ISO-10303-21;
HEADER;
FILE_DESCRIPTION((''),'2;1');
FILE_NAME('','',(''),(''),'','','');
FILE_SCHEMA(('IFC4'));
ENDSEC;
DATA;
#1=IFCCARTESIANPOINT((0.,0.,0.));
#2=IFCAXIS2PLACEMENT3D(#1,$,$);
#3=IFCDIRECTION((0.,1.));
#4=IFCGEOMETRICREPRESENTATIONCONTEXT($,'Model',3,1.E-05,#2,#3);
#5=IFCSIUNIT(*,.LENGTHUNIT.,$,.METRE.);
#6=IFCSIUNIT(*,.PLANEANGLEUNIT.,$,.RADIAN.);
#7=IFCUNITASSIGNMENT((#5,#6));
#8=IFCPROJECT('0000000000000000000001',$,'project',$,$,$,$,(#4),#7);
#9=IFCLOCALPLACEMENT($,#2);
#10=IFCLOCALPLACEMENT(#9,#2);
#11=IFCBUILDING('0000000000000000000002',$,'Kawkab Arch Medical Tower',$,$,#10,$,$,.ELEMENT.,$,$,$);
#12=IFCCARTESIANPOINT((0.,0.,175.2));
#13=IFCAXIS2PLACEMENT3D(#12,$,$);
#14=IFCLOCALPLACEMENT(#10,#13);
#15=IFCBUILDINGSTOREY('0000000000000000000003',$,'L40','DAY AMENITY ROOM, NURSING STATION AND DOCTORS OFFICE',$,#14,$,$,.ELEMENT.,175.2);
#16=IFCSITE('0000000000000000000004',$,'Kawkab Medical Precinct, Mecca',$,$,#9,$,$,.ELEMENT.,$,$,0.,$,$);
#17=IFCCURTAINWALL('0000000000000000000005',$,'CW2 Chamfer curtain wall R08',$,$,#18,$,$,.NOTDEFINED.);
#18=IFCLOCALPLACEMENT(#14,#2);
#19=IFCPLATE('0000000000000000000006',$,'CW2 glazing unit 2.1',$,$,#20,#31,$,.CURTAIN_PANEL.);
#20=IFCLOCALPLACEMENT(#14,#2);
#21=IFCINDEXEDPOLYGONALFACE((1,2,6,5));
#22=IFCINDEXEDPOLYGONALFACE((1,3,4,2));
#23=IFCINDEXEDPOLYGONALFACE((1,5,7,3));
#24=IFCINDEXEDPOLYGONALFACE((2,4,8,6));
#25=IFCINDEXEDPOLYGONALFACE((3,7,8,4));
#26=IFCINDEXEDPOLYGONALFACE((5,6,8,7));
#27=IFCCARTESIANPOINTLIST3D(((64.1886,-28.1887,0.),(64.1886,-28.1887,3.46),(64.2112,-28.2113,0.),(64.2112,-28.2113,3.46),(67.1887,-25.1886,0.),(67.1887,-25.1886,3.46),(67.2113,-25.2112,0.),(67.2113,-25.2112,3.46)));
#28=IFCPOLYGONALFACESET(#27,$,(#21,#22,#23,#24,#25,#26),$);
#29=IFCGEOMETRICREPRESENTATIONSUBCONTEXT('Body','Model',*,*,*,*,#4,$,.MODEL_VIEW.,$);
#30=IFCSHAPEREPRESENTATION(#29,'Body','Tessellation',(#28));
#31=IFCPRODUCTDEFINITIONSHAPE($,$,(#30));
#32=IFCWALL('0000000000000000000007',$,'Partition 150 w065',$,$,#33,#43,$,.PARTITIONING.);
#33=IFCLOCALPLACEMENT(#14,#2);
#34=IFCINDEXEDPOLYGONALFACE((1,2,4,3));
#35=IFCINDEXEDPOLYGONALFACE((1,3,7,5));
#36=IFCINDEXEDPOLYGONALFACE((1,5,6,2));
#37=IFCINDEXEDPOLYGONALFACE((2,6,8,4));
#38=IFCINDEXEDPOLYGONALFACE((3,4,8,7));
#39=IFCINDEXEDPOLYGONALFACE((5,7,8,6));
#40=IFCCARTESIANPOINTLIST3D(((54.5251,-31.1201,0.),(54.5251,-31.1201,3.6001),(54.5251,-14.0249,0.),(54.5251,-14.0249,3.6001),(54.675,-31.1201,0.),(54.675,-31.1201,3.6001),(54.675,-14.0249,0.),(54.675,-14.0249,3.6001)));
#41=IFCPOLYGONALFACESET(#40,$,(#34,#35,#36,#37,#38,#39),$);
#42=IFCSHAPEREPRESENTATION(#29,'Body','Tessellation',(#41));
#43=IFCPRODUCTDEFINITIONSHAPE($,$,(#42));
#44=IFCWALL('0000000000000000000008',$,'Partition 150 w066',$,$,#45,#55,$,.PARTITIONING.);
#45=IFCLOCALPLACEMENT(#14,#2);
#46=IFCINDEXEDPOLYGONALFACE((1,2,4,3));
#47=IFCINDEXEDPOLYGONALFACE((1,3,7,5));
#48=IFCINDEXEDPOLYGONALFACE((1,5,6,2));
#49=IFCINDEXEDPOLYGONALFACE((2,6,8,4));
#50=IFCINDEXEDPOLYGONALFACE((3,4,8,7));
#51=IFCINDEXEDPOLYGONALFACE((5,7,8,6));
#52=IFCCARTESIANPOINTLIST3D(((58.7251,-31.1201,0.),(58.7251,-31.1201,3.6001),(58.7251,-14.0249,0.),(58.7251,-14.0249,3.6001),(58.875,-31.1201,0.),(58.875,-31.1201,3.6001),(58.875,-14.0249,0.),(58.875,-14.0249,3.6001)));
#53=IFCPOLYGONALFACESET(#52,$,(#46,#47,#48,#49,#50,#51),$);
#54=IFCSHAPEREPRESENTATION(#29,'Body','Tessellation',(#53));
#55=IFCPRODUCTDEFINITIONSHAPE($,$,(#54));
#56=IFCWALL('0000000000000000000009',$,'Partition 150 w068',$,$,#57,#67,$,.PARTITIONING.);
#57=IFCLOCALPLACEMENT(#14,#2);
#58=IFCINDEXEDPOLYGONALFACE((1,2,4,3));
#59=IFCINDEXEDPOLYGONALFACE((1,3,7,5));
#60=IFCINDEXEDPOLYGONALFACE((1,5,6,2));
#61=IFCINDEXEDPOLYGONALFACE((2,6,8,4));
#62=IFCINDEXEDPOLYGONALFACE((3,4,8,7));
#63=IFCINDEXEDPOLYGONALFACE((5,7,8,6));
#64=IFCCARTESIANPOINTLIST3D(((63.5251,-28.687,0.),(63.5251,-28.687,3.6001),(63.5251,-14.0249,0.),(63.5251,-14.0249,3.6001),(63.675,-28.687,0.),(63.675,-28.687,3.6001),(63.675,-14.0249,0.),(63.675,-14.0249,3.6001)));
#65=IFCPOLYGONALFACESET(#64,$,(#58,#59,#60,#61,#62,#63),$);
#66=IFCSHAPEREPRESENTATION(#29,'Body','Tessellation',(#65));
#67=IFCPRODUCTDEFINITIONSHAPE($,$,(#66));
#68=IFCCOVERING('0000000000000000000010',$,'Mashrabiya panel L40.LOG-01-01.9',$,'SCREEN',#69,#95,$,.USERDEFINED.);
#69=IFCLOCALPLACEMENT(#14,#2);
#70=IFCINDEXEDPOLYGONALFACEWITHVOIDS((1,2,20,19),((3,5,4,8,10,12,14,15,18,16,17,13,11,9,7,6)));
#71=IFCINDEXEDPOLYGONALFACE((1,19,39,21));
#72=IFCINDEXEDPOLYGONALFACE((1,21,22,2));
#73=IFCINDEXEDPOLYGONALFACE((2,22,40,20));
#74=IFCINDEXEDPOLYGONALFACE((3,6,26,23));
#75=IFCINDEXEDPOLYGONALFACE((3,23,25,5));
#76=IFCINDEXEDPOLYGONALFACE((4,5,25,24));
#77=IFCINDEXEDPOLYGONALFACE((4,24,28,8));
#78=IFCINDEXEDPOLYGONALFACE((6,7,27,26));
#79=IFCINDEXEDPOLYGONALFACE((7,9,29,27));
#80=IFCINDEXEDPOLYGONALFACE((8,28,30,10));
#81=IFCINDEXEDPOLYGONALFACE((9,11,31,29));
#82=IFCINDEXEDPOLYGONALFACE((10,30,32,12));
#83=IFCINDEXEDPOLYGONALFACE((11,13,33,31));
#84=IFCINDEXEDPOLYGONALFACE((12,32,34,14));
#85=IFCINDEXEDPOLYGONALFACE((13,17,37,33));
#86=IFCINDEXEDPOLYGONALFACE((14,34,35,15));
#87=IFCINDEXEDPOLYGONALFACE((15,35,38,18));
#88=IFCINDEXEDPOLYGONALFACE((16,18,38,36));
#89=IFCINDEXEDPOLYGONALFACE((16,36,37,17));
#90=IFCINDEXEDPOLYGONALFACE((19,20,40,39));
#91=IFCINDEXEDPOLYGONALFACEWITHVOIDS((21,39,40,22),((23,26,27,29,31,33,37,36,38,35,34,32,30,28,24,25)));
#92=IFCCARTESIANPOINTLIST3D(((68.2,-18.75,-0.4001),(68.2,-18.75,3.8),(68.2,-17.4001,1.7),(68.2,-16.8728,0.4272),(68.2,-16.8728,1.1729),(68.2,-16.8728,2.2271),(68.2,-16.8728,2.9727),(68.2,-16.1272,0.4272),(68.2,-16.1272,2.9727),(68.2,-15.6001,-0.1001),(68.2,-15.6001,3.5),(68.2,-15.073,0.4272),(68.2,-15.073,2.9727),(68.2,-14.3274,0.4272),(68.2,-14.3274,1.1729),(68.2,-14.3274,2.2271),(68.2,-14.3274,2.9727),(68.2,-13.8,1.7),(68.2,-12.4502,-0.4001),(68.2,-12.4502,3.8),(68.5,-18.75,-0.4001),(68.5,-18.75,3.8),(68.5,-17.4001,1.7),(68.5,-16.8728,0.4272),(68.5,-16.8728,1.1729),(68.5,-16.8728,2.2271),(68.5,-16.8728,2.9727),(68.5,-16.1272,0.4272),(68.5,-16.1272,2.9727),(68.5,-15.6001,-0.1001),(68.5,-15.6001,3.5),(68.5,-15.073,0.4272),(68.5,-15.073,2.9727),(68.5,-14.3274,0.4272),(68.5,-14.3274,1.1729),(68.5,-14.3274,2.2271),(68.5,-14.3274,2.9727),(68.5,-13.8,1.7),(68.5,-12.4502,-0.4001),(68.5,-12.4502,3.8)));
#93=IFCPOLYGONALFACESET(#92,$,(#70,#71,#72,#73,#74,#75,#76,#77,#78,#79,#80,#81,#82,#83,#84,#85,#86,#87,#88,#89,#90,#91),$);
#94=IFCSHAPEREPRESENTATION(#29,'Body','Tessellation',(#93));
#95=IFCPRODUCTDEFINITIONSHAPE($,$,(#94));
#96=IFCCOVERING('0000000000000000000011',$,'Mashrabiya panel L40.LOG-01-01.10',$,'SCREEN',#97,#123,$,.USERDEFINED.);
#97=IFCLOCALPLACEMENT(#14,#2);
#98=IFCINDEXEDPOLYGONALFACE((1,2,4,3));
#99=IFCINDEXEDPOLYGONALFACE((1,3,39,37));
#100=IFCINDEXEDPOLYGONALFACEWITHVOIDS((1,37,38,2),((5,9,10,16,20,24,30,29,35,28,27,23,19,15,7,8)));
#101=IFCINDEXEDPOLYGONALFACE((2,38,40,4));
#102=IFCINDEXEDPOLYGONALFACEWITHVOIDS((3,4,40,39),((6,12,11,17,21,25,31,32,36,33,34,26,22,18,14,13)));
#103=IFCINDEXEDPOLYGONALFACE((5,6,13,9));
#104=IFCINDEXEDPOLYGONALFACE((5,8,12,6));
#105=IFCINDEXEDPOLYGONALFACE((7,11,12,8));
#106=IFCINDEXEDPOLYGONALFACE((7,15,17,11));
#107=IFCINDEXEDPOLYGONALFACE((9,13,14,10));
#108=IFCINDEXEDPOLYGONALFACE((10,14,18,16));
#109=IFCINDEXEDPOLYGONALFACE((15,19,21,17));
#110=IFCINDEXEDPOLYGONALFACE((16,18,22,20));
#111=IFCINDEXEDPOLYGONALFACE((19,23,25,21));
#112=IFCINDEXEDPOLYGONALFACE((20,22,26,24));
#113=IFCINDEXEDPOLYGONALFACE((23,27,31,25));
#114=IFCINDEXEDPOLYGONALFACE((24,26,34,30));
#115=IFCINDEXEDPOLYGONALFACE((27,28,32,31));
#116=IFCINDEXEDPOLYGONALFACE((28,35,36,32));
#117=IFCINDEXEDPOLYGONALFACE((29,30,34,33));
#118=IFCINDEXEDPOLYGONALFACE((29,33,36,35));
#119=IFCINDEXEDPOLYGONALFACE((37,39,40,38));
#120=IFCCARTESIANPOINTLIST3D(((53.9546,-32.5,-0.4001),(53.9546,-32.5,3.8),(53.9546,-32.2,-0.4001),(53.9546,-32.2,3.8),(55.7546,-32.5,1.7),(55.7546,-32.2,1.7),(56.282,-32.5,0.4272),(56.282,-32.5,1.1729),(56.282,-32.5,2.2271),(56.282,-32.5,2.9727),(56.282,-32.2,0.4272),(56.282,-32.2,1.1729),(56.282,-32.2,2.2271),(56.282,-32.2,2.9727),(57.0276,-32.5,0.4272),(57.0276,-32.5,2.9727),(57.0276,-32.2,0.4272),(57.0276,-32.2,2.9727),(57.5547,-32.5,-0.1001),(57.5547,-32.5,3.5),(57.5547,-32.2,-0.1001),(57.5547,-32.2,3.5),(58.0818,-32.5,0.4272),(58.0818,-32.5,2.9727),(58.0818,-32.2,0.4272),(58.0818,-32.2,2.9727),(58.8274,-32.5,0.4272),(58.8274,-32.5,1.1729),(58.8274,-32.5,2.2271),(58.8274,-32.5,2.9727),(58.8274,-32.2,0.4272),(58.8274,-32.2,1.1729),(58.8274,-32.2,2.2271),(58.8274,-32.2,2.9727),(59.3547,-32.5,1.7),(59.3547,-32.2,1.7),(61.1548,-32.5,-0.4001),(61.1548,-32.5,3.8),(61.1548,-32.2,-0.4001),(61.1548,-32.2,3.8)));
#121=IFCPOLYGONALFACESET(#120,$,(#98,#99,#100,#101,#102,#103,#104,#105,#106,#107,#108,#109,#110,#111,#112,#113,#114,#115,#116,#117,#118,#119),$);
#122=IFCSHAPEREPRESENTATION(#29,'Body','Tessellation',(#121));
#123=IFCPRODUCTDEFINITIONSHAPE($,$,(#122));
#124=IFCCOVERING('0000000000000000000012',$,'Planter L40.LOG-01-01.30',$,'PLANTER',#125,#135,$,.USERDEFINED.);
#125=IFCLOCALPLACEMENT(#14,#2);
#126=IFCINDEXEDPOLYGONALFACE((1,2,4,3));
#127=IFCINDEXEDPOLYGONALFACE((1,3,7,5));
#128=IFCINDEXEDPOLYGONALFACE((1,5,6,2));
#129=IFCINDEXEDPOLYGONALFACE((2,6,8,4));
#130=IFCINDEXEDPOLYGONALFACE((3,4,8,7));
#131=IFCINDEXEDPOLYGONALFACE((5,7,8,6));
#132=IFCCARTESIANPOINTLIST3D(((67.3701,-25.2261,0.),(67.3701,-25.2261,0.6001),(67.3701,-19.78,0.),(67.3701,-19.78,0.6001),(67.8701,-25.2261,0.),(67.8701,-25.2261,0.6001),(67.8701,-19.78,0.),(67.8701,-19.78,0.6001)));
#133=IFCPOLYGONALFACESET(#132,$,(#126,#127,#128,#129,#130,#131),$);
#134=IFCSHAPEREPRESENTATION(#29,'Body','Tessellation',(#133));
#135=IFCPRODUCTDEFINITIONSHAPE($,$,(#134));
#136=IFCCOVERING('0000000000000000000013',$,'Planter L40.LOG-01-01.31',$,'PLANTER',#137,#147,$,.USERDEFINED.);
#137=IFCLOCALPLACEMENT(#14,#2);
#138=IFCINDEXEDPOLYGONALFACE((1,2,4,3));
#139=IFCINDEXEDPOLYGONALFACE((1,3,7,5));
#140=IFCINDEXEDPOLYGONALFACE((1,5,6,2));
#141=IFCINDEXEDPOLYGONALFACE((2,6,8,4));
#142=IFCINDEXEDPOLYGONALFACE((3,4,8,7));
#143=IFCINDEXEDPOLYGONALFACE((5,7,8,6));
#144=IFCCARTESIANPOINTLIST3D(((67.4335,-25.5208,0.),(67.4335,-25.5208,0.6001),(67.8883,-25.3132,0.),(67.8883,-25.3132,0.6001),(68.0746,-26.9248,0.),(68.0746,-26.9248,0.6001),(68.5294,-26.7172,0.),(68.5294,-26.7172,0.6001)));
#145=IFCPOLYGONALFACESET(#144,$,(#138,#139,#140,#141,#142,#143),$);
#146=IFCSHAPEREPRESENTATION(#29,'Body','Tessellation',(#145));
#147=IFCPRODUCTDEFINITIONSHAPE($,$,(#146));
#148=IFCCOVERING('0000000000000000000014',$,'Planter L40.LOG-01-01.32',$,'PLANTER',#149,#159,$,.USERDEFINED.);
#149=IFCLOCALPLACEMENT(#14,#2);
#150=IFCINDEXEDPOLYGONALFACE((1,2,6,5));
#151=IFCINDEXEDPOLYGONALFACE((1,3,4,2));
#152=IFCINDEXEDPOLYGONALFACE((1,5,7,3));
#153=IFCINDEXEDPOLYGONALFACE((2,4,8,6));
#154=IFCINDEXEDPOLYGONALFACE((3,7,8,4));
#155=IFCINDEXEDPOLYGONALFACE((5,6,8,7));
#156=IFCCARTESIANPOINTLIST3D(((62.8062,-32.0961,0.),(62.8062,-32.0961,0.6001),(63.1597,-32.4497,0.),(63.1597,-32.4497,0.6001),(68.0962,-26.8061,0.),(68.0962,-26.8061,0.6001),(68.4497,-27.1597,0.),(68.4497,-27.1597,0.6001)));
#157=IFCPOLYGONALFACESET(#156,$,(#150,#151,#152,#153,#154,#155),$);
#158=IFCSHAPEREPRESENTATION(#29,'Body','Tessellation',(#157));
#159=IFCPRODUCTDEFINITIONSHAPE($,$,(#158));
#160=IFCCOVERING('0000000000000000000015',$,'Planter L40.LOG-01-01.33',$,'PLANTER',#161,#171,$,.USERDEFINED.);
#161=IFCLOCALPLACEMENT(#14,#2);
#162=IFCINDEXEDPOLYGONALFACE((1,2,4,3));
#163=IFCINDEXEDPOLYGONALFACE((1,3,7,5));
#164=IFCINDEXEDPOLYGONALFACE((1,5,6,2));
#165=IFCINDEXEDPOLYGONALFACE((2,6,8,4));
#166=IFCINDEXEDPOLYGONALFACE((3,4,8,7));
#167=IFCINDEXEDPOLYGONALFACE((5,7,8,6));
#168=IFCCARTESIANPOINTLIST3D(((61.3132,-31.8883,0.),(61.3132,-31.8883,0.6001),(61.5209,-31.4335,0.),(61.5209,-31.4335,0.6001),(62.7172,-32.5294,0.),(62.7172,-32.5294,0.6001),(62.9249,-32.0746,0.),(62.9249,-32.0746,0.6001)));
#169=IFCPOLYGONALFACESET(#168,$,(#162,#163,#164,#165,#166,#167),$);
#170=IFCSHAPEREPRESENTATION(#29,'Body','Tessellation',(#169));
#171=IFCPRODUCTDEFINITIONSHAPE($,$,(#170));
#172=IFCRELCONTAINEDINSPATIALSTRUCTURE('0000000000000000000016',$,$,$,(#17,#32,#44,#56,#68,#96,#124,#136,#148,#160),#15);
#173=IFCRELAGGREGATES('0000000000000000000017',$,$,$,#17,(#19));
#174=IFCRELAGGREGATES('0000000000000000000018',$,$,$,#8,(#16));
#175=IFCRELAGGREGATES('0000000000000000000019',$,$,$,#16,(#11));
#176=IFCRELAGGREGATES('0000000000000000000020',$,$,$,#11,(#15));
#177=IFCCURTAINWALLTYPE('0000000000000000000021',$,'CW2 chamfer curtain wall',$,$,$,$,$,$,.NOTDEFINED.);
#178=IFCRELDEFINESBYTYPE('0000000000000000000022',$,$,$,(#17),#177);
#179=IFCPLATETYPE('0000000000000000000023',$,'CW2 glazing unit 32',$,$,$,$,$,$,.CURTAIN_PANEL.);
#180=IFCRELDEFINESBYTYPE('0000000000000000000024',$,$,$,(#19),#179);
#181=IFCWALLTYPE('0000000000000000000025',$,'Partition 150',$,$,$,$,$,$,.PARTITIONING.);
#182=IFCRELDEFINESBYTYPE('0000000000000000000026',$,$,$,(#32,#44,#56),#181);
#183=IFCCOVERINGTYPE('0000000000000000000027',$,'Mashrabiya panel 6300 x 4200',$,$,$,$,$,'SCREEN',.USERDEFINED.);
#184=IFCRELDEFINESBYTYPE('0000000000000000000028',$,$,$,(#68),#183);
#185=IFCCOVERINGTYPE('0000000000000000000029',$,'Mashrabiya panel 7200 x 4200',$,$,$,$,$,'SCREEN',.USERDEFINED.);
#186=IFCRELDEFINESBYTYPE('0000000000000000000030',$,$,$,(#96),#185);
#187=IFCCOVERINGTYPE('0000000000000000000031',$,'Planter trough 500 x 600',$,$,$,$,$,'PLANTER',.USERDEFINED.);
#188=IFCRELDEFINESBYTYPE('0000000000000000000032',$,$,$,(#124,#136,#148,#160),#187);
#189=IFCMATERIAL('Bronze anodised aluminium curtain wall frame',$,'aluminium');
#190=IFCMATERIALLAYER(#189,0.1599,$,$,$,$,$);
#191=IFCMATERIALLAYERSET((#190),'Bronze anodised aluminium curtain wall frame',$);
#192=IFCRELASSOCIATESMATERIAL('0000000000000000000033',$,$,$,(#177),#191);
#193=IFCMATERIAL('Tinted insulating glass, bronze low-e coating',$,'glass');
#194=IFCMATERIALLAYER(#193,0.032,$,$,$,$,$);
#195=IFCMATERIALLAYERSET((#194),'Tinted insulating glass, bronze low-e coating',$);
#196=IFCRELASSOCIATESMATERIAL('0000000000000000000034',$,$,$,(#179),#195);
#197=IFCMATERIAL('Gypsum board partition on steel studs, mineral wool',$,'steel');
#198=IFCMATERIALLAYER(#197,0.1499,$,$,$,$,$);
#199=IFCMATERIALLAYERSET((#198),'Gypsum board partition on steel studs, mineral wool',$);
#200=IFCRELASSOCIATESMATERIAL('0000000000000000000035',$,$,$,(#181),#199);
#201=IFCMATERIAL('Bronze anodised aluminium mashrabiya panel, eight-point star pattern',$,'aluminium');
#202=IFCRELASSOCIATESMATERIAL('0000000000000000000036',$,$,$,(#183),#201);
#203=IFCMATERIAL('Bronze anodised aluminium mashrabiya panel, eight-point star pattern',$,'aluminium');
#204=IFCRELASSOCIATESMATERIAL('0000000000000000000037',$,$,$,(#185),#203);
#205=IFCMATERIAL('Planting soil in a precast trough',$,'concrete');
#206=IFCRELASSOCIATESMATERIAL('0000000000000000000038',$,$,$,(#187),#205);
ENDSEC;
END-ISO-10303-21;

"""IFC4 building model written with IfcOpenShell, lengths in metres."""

from ifc_helpers import new_model, si_unit, direction, frame, frame_2d, origin, origin_2d, place, context, subcontext, project, spatial, polyline, rectangle, outline, extrude, material, layer, layer_set, material_profile, profile_set, type_object, element, aggregate, save


model = new_model("IFC4")

# Units and contexts
model_context = context("Model", 3, precision=1e-05, world=origin(), true_north=direction((0.0, 1.0)))
body_context = subcontext(model_context, "Body", "Model", "MODEL_VIEW")
ifc_project = project(units=[si_unit("LENGTHUNIT", "METRE"), si_unit("PLANEANGLEUNIT", "RADIAN")], contexts=[model_context])

# Site, building, storey
site_placement = place(None, origin())
site = spatial("IfcSite", under=ifc_project, at=site_placement, Name="Kawkab Medical Precinct, Mecca", CompositionType="ELEMENT", RefElevation=0.0)
building_placement = place(site_placement, origin())
building = spatial("IfcBuilding", under=site, at=building_placement, Name="Kawkab Arch Medical Tower", CompositionType="ELEMENT")
storey_placement = place(building_placement, frame((0.0, 0.0, 175.2)))
storey = spatial("IfcBuildingStorey", under=building, at=storey_placement, Name="L40", Description="DAY AMENITY ROOM, NURSING STATION AND DOCTORS OFFICE", CompositionType="ELEMENT", Elevation=175.2)

# Shared definitions
placement = place(storey_placement, origin())

# Curtain wall
ifc_material_1 = material(Name="Bronze anodised aluminium curtain wall frame", Category="aluminium")
ifc_layer_1 = layer(ifc_material_1, 0.1599)
ifc_layer_set_1 = layer_set([ifc_layer_1], Name="Bronze anodised aluminium curtain wall frame")
curtain_wall_type_1 = type_object("IfcCurtainWallType", Name="CW2 chamfer curtain wall", PredefinedType="NOTDEFINED", material=ifc_layer_set_1)
curtain_wall_1 = element("IfcCurtainWall", 1, at=placement, inside=storey, type_object=curtain_wall_type_1, Name="CW2 Chamfer curtain wall R08", PredefinedType="NOTDEFINED")

# Plate
ifc_material_2 = material(Name="Tinted insulating glass, bronze low-e coating", Category="glass")
ifc_layer_2 = layer(ifc_material_2, 0.032)
ifc_layer_set_2 = layer_set([ifc_layer_2], Name="Tinted insulating glass, bronze low-e coating")
plate_type_1 = type_object("IfcPlateType", Name="CW2 glazing unit 32", PredefinedType="CURTAIN_PANEL", material=ifc_layer_set_2)
plate_1_placement = place(storey_placement, frame((65.7, -26.7, 0.0), z_axis=(0.0, 0.0, 1.0), x_axis=(0.707107, 0.707107, 0.0)))
plate_1 = element("IfcPlate", 2, at=plate_1_placement, type_object=plate_type_1, Name="CW2 glazing unit 2.1", PredefinedType="CURTAIN_PANEL", context=body_context, shape_type="SweptSolid", body=[
    extrude(rectangle(XDim=4.2427, YDim=0.032, at=origin_2d()), origin(), (0.0, 0.0, 1.0), 3.46),
])
aggregate(curtain_wall_1, [plate_1])

# Walls
ifc_material_3 = material(Name="Gypsum board partition on steel studs, mineral wool", Category="steel")
ifc_layer_3 = layer(ifc_material_3, 0.1499)
ifc_layer_set_3 = layer_set([ifc_layer_3], Name="Gypsum board partition on steel studs, mineral wool")
wall_type = type_object("IfcWallType", Name="Partition 150", PredefinedType="PARTITIONING", material=ifc_layer_set_3)
for number, where, z_axis, x_axis, name in (
    (3, (54.6001, -31.1201, 0.0), (0.0, 0.0, 1.0), (0.0, 1.0, 0.0), "Partition 150 w065"),
    (4, (58.8, -31.1201, 0.0), (0.0, 0.0, 1.0), (0.0, 1.0, 0.0), "Partition 150 w066"),
):
    element("IfcWall", number, at=place(storey_placement, frame(where, z_axis=z_axis, x_axis=x_axis)), inside=storey, type_object=wall_type, Name=name, PredefinedType="PARTITIONING", context=body_context, shape_type="SweptSolid", body=[
        extrude(rectangle(XDim=17.0952, YDim=0.1499, at=frame_2d((8.5476, 0.0))), origin(), (0.0, 0.0, 1.0), 3.6001),
    ])
wall_placement = place(storey_placement, frame((63.6001, -28.687, 0.0), z_axis=(0.0, 0.0, 1.0), x_axis=(0.0, 1.0, 0.0)))
element("IfcWall", 5, at=wall_placement, inside=storey, type_object=wall_type, Name="Partition 150 w068", PredefinedType="PARTITIONING", context=body_context, shape_type="SweptSolid", body=[
    extrude(rectangle(XDim=14.6621, YDim=0.1499, at=frame_2d((7.3311, 0.0))), origin(), (0.0, 0.0, 1.0), 3.6001),
])

# Coverings
ifc_material_4 = material(Name="Bronze anodised aluminium mashrabiya panel, eight-point star pattern", Category="aluminium")
ifc_material_profile_1 = material_profile(ifc_material_4, outline(polyline([(-3.1499, -2.1001), (3.1499, -2.1001), (3.1499, 2.1001), (-3.1499, 2.1001), (-3.1499, -2.1001)]), holes=[polyline([(1.8, 0.0), (1.2727, 0.5271), (1.2727, 1.2727), (0.5271, 1.2727), (0.0, 1.8), (-0.5271, 1.2727), (-1.2727, 1.2727), (-1.2727, 0.5271), (-1.8, 0.0), (-1.2727, -0.5271), (-1.2727, -1.2727), (-0.5271, -1.2727), (0.0, -1.8), (0.5271, -1.2727), (1.2727, -1.2727), (1.2727, -0.5271), (1.8, 0.0)])]), Name="Mashrabiya panel 6300x4200")
ifc_profile_set_1 = profile_set([ifc_material_profile_1], Name="Bronze anodised aluminium mashrabiya panel, eight-point star pattern")
covering_type_1 = type_object("IfcCoveringType", Name="Mashrabiya panel 6300 x 4200", ElementType="SCREEN", PredefinedType="USERDEFINED", material=ifc_profile_set_1)
covering_1_placement = place(storey_placement, frame((68.2, -15.6001, 1.7), z_axis=(1.0, 0.0, 0.0), x_axis=(0.0, 1.0, 0.0)))
element("IfcCovering", 6, at=covering_1_placement, inside=storey, type_object=covering_type_1, Name="Mashrabiya panel L40.LOG-01-01.9", ObjectType="SCREEN", PredefinedType="USERDEFINED", context=body_context, shape_type="SweptSolid", body=[
    extrude(outline(polyline([(-3.1499, -2.1001), (3.1499, -2.1001), (3.1499, 2.1001), (-3.1499, 2.1001), (-3.1499, -2.1001)]), holes=[polyline([(1.8, 0.0), (1.2727, 0.5271), (1.2727, 1.2727), (0.5271, 1.2727), (0.0, 1.8), (-0.5271, 1.2727), (-1.2727, 1.2727), (-1.2727, 0.5271), (-1.8, 0.0), (-1.2727, -0.5271), (-1.2727, -1.2727), (-0.5271, -1.2727), (0.0, -1.8), (0.5271, -1.2727), (1.2727, -1.2727), (1.2727, -0.5271), (1.8, 0.0)])]), origin(), (0.0, 0.0, 1.0), 0.3),
])
ifc_material_5 = material(Name="Bronze anodised aluminium mashrabiya panel, eight-point star pattern", Category="aluminium")
ifc_material_profile_2 = material_profile(ifc_material_5, outline(polyline([(-3.6001, -2.1001), (3.6001, -2.1001), (3.6001, 2.1001), (-3.6001, 2.1001), (-3.6001, -2.1001)]), holes=[polyline([(1.8, 0.0), (1.2727, 0.5271), (1.2727, 1.2727), (0.5271, 1.2727), (0.0, 1.8), (-0.5271, 1.2727), (-1.2727, 1.2727), (-1.2727, 0.5271), (-1.8, 0.0), (-1.2727, -0.5271), (-1.2727, -1.2727), (-0.5271, -1.2727), (0.0, -1.8), (0.5271, -1.2727), (1.2727, -1.2727), (1.2727, -0.5271), (1.8, 0.0)])]), Name="Mashrabiya panel 7200x4200")
ifc_profile_set_2 = profile_set([ifc_material_profile_2], Name="Bronze anodised aluminium mashrabiya panel, eight-point star pattern")
covering_type_2 = type_object("IfcCoveringType", Name="Mashrabiya panel 7200 x 4200", ElementType="SCREEN", PredefinedType="USERDEFINED", material=ifc_profile_set_2)
covering_2_placement = place(storey_placement, frame((57.5547, -32.2, 1.7), z_axis=(0.0, -1.0, 0.0), x_axis=(1.0, 0.0, 0.0)))
element("IfcCovering", 7, at=covering_2_placement, inside=storey, type_object=covering_type_2, Name="Mashrabiya panel L40.LOG-01-01.10", ObjectType="SCREEN", PredefinedType="USERDEFINED", context=body_context, shape_type="SweptSolid", body=[
    extrude(outline(polyline([(-3.6001, -2.1001), (3.6001, -2.1001), (3.6001, 2.1001), (-3.6001, 2.1001), (-3.6001, -2.1001)]), holes=[polyline([(1.8, 0.0), (1.2727, 0.5271), (1.2727, 1.2727), (0.5271, 1.2727), (0.0, 1.8), (-0.5271, 1.2727), (-1.2727, 1.2727), (-1.2727, 0.5271), (-1.8, 0.0), (-1.2727, -0.5271), (-1.2727, -1.2727), (-0.5271, -1.2727), (0.0, -1.8), (0.5271, -1.2727), (1.2727, -1.2727), (1.2727, -0.5271), (1.8, 0.0)])]), origin(), (0.0, 0.0, 1.0), 0.3),
])
ifc_material_6 = material(Name="Planting soil in a precast trough", Category="concrete")
ifc_material_profile_3 = material_profile(ifc_material_6, rectangle(XDim=0.5, YDim=0.6001, at=origin_2d()), Name="Trough 500x600")
ifc_profile_set_3 = profile_set([ifc_material_profile_3], Name="Planting soil in a precast trough")
covering_type_3 = type_object("IfcCoveringType", Name="Planter trough 500 x 600", ElementType="PLANTER", PredefinedType="USERDEFINED", material=ifc_profile_set_3)
covering_3_placement = place(storey_placement, frame((67.6201, -19.78, 0.3), z_axis=(0.0, -1.0, 0.0), x_axis=(1.0, 0.0, 0.0)))
element("IfcCovering", 8, at=covering_3_placement, inside=storey, type_object=covering_type_3, Name="Planter L40.LOG-01-01.30", ObjectType="PLANTER", PredefinedType="USERDEFINED", context=body_context, shape_type="SweptSolid", body=[
    extrude(rectangle(XDim=0.5, YDim=0.6001, at=origin_2d()), origin(), (0.0, 0.0, 1.0), 5.446),
])
covering_4_placement = place(storey_placement, frame((67.6609, -25.417, 0.3), z_axis=(0.415363, -0.909656, 0.0), x_axis=(0.909656, 0.415363, 0.0)))
element("IfcCovering", 9, at=covering_4_placement, inside=storey, type_object=covering_type_3, Name="Planter L40.LOG-01-01.31", ObjectType="PLANTER", PredefinedType="USERDEFINED", context=body_context, shape_type="SweptSolid", body=[
    extrude(rectangle(XDim=0.5, YDim=0.6001, at=origin_2d()), origin(), (0.0, 0.0, 1.0), 1.5435),
])
covering_5_placement = place(storey_placement, frame((68.2729, -26.9829, 0.3), z_axis=(-0.707107, -0.707107, 0.0), x_axis=(0.707107, -0.707107, 0.0)))
element("IfcCovering", 10, at=covering_5_placement, inside=storey, type_object=covering_type_3, Name="Planter L40.LOG-01-01.32", ObjectType="PLANTER", PredefinedType="USERDEFINED", context=body_context, shape_type="SweptSolid", body=[
    extrude(rectangle(XDim=0.5, YDim=0.6001, at=origin_2d()), origin(), (0.0, 0.0, 1.0), 7.4812),
])
covering_6_placement = place(storey_placement, frame((62.821, -32.302, 0.3), z_axis=(-0.909656, 0.415363, 0.0), x_axis=(-0.415363, -0.909656, 0.0)))
element("IfcCovering", 11, at=covering_6_placement, inside=storey, type_object=covering_type_3, Name="Planter L40.LOG-01-01.33", ObjectType="PLANTER", PredefinedType="USERDEFINED", context=body_context, shape_type="SweptSolid", body=[
    extrude(rectangle(XDim=0.5, YDim=0.6001, at=origin_2d()), origin(), (0.0, 0.0, 1.0), 1.5435),
])

save(model, "model.ifc")
